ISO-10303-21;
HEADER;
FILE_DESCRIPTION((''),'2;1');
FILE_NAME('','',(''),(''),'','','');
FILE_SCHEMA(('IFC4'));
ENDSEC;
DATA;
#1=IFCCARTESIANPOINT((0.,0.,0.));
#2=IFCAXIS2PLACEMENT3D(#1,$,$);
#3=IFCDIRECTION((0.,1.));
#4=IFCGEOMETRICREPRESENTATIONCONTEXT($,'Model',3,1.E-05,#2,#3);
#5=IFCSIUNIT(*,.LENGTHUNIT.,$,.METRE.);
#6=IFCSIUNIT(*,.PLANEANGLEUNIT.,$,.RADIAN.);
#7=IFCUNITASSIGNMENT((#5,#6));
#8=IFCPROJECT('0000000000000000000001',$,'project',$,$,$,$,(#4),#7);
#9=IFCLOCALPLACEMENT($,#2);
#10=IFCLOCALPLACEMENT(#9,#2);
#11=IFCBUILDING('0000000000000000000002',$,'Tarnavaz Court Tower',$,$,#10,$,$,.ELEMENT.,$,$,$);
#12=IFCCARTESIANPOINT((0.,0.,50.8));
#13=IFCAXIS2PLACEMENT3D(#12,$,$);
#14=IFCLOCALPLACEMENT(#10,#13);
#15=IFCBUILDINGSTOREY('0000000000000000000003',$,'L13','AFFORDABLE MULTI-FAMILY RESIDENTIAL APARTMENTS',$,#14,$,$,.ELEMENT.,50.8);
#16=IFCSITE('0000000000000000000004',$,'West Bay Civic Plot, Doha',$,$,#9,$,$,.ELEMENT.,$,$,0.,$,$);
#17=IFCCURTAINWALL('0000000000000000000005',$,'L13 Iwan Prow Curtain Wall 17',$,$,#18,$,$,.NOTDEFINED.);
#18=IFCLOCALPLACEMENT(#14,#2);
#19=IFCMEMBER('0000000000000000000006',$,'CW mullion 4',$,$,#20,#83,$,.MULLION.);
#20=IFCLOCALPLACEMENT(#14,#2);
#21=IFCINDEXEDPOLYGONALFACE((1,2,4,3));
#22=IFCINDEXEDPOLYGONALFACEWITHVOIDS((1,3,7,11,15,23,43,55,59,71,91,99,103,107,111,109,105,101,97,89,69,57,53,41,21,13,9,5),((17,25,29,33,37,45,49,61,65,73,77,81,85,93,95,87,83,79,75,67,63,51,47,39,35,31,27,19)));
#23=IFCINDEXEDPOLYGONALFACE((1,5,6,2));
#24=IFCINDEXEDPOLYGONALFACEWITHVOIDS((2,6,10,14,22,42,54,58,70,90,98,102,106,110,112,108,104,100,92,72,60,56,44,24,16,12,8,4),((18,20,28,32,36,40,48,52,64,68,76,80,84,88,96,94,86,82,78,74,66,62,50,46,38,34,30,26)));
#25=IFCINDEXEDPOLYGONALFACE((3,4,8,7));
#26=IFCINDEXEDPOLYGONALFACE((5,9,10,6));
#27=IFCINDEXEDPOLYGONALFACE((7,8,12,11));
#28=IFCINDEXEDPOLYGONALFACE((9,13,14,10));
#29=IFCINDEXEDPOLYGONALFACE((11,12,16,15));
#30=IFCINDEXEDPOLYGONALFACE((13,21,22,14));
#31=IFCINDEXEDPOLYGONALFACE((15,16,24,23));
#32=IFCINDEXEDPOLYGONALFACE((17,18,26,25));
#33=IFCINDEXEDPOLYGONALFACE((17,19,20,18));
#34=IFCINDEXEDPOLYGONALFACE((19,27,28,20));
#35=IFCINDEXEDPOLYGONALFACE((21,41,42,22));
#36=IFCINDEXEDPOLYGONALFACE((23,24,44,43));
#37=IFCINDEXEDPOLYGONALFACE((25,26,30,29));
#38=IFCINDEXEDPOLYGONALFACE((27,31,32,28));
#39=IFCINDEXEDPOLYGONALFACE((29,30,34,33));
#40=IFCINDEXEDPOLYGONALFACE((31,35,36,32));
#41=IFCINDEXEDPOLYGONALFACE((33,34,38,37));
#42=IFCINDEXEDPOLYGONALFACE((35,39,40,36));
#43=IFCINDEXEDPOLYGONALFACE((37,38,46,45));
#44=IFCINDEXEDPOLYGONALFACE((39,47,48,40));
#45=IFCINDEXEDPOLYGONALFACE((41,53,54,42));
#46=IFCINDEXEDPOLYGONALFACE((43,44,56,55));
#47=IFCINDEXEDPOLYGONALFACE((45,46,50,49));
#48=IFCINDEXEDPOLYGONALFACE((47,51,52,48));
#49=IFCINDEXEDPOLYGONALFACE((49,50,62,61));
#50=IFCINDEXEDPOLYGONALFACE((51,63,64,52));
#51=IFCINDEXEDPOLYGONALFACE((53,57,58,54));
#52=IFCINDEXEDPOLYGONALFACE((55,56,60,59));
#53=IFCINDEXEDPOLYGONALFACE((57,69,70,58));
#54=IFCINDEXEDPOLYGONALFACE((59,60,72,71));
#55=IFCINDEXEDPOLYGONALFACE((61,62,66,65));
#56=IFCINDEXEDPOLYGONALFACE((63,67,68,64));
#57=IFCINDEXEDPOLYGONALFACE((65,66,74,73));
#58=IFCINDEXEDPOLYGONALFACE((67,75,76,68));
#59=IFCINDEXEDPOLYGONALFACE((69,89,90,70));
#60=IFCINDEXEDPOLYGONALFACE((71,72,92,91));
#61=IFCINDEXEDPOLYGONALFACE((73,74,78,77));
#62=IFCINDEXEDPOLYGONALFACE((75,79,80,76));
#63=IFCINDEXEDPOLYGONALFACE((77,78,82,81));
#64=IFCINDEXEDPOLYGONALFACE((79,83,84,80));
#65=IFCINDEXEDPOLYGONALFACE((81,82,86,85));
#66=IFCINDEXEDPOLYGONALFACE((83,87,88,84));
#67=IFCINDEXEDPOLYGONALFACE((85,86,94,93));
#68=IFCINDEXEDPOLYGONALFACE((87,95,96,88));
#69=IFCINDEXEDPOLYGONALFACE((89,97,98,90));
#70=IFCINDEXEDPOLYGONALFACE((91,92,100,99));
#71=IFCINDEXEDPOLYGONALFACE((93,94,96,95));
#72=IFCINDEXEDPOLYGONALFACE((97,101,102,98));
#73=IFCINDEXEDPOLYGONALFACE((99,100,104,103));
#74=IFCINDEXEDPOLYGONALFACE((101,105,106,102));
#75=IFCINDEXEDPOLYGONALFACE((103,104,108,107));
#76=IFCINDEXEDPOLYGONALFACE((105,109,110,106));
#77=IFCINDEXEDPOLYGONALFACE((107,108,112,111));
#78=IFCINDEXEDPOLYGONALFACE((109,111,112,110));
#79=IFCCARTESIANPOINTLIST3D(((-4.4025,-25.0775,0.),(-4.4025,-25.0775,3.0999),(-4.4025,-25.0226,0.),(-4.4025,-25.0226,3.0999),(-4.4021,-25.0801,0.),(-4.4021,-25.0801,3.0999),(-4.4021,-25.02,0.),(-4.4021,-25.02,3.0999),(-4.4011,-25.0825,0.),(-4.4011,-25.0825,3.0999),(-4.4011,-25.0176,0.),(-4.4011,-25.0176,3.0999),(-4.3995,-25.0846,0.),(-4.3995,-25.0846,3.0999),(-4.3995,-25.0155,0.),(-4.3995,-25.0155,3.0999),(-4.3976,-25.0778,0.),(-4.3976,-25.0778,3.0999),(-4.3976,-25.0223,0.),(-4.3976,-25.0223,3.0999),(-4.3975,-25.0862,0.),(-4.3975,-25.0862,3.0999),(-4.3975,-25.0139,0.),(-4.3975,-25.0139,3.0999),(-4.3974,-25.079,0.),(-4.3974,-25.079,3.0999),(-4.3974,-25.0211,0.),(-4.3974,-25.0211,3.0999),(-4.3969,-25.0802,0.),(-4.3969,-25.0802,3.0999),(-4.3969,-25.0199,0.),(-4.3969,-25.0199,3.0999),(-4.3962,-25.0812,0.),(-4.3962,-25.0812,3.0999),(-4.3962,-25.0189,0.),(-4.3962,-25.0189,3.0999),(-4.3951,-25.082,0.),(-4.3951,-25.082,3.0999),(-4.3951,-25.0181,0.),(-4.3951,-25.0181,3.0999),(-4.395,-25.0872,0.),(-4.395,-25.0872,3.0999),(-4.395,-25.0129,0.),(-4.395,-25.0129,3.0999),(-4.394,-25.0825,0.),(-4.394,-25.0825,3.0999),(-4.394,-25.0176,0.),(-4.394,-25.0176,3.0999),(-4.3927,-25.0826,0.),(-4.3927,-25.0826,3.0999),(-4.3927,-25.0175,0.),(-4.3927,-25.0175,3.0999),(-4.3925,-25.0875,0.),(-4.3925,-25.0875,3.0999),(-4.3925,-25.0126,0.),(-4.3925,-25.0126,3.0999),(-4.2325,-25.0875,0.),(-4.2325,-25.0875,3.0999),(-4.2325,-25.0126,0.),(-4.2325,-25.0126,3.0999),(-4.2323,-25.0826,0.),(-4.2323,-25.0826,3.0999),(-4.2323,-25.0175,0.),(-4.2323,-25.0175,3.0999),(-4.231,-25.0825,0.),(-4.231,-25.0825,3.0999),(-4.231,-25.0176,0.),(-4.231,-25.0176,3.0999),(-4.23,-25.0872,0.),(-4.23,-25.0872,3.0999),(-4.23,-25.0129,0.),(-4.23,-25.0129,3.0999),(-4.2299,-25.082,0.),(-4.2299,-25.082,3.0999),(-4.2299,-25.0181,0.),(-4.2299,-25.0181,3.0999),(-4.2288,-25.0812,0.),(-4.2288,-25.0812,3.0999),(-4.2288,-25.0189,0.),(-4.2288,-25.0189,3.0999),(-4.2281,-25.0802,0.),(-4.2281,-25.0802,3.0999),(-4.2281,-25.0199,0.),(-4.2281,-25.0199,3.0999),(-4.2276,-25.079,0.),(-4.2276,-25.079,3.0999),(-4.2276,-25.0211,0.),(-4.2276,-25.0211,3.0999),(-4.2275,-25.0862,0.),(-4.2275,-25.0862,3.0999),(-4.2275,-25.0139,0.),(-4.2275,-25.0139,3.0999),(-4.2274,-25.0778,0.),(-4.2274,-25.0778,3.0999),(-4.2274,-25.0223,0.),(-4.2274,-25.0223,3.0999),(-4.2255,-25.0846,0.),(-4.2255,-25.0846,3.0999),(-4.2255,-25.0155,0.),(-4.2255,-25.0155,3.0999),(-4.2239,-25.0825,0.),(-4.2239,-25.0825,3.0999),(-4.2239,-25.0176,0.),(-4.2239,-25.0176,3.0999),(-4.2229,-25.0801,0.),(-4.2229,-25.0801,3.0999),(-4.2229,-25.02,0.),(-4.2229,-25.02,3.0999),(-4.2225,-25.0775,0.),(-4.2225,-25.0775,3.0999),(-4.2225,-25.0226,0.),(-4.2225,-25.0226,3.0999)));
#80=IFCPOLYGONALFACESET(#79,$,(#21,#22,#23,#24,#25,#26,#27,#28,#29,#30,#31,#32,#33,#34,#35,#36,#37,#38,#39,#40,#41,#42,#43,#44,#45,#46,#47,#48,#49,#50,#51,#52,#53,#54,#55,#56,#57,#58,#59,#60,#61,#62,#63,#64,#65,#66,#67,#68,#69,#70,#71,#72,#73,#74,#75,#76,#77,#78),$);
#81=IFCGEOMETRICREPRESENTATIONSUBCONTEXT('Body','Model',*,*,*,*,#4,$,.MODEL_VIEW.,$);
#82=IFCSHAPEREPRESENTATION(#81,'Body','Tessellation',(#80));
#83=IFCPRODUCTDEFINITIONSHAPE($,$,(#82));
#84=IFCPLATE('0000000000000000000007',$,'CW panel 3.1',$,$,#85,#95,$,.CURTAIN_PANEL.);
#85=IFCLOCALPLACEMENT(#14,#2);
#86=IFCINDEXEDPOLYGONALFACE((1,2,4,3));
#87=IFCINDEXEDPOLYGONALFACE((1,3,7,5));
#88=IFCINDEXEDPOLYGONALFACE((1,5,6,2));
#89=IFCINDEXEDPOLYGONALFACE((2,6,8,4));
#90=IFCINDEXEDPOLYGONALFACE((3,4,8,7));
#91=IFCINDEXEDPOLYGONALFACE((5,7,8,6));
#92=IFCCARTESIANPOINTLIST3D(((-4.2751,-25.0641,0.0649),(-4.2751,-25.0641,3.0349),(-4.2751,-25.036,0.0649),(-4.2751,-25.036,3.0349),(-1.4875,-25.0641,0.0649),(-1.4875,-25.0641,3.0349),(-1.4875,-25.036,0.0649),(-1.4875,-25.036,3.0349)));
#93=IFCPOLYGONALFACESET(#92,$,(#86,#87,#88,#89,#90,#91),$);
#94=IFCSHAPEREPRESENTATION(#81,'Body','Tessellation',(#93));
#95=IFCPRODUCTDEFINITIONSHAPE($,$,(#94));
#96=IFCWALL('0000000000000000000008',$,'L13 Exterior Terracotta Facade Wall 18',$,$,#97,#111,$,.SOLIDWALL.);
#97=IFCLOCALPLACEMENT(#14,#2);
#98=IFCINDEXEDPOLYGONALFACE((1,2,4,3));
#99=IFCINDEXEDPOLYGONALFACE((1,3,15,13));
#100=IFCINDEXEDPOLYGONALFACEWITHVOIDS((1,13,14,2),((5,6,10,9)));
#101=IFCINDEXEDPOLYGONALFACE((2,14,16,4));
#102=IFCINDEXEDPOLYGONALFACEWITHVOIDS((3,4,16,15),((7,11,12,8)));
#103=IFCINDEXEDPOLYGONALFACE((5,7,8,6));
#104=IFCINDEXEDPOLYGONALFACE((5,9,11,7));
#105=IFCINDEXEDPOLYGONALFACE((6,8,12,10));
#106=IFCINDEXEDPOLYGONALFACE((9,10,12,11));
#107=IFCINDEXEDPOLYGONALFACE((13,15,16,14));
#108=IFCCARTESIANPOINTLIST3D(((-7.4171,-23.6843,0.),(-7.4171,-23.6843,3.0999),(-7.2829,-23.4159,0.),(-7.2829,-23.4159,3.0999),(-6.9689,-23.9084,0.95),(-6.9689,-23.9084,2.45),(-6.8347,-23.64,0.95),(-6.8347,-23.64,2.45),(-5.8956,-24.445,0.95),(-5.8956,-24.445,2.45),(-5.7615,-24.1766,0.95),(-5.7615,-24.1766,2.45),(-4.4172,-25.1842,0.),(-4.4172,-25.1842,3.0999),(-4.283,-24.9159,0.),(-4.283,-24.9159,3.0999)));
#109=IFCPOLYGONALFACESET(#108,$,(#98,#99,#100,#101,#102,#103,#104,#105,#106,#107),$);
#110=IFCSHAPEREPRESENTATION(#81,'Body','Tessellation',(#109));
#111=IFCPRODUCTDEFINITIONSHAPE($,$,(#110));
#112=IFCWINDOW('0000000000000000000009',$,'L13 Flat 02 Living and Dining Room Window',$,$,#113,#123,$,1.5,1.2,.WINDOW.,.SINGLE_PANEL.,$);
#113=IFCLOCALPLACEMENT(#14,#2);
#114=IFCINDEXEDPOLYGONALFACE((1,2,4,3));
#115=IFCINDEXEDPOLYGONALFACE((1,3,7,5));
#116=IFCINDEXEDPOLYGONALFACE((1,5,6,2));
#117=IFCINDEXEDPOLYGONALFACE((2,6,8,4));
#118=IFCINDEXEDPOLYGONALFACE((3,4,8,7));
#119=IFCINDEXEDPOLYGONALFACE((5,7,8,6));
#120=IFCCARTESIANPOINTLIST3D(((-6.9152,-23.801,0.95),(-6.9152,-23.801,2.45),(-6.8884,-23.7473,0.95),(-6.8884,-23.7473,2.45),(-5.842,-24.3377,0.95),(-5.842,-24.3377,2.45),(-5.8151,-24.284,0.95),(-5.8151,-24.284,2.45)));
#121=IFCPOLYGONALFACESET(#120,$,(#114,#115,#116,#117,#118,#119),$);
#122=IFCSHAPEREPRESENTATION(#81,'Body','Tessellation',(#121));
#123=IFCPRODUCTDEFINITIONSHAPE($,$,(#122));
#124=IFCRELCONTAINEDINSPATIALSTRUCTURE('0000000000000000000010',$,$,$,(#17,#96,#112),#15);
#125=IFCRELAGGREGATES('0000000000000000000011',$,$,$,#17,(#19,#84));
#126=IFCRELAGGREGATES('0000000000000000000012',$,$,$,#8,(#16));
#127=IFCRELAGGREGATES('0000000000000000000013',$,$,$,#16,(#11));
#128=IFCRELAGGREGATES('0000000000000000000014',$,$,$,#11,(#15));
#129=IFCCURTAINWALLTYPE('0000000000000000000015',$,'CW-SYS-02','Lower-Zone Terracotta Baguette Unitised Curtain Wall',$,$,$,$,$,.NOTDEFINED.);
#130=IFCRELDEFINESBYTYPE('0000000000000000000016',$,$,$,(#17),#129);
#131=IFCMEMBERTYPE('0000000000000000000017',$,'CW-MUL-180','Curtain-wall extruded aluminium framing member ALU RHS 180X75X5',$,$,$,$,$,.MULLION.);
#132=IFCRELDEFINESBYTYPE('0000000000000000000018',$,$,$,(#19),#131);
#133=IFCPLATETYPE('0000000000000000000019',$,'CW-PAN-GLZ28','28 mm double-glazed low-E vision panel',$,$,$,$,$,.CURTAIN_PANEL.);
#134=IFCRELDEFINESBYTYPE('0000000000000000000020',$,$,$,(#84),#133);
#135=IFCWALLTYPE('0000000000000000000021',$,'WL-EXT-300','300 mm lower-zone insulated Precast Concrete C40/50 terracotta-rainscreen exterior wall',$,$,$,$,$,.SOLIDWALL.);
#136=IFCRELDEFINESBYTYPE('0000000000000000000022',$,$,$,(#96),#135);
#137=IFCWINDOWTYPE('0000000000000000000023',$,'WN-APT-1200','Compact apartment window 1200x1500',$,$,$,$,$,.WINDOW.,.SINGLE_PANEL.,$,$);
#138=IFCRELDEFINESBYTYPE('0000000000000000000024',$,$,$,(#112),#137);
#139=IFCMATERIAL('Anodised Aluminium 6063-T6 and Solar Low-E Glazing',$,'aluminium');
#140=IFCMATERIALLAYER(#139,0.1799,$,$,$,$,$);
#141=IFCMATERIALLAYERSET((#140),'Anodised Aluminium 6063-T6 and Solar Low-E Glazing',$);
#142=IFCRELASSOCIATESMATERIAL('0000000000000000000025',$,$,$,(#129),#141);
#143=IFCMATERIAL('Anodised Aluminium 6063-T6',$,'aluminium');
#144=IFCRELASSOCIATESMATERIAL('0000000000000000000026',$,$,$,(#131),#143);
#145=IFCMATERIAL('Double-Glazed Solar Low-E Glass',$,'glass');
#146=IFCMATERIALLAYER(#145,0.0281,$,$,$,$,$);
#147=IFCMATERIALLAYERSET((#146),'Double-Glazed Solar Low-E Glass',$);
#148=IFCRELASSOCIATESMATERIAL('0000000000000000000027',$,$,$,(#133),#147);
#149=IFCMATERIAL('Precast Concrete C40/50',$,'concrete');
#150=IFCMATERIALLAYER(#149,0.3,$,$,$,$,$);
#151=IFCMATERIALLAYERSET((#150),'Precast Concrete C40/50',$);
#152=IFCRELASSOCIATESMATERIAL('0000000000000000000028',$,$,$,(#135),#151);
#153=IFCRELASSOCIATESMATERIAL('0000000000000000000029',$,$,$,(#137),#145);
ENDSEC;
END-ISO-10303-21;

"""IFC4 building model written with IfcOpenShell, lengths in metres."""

from ifc_helpers import new_model, si_unit, direction, frame, frame_2d, origin, origin_2d, place, context, subcontext, project, spatial, rectangle, hollow_rectangle, extrude, material, layer, layer_set, material_profile, profile_set, type_object, element, fill, aggregate, save


model = new_model("IFC4")

# Units and contexts
model_context = context("Model", 3, precision=1e-05, world=origin(), true_north=direction((0.0, 1.0)))
body_context = subcontext(model_context, "Body", "Model", "MODEL_VIEW")
ifc_project = project(units=[si_unit("LENGTHUNIT", "METRE"), si_unit("PLANEANGLEUNIT", "RADIAN")], contexts=[model_context])

# Site, building, storey
site_placement = place(None, origin())
site = spatial("IfcSite", under=ifc_project, at=site_placement, Name="West Bay Civic Plot, Doha", CompositionType="ELEMENT", RefElevation=0.0)
building_placement = place(site_placement, origin())
building = spatial("IfcBuilding", under=site, at=building_placement, Name="Tarnavaz Court Tower", CompositionType="ELEMENT")
storey_placement = place(building_placement, frame((0.0, 0.0, 50.8)))
storey = spatial("IfcBuildingStorey", under=building, at=storey_placement, Name="L13", Description="AFFORDABLE MULTI-FAMILY RESIDENTIAL APARTMENTS", CompositionType="ELEMENT", Elevation=50.8)

# Curtain wall, member, plate
ifc_material_1 = material(Name="Anodised Aluminium 6063-T6 and Solar Low-E Glazing", Category="aluminium")
ifc_layer_1 = layer(ifc_material_1, 0.1799)
ifc_layer_set_1 = layer_set([ifc_layer_1], Name="Anodised Aluminium 6063-T6 and Solar Low-E Glazing")
curtain_wall_type = type_object("IfcCurtainWallType", Name="CW-SYS-02", Description="Lower-Zone Terracotta Baguette Unitised Curtain Wall", PredefinedType="NOTDEFINED", material=ifc_layer_set_1)
curtain_wall_placement = place(storey_placement, origin())
curtain_wall = element("IfcCurtainWall", 1, at=curtain_wall_placement, inside=storey, type_object=curtain_wall_type, Name="L13 Iwan Prow Curtain Wall 17", PredefinedType="NOTDEFINED")
ifc_material_2 = material(Name="Anodised Aluminium 6063-T6", Category="aluminium")
ifc_material_profile_1 = material_profile(ifc_material_2, hollow_rectangle(XDim=0.075, YDim=0.1799, WallThickness=0.0049, InnerFilletRadius=0.0049, OuterFilletRadius=0.01, at=origin_2d()), Name="ALU RHS 180X75X5")
ifc_profile_set_1 = profile_set([ifc_material_profile_1], Name="Anodised Aluminium 6063-T6")
member_type = type_object("IfcMemberType", Name="CW-MUL-180", Description="Curtain-wall extruded aluminium framing member ALU RHS 180X75X5", PredefinedType="MULLION", material=ifc_profile_set_1)
member_placement = place(storey_placement, frame((-4.3125, -25.05, 0.0), z_axis=(0.0, 0.0, 1.0), x_axis=(0.0, -1.0, 0.0)))
member = element("IfcMember", 2, at=member_placement, type_object=member_type, Name="CW mullion 4", PredefinedType="MULLION", context=body_context, shape_type="SweptSolid", body=[
    extrude(hollow_rectangle(XDim=0.075, YDim=0.1799, WallThickness=0.0049, InnerFilletRadius=0.0049, OuterFilletRadius=0.01, at=origin_2d()), origin(), (0.0, 0.0, 1.0), 3.0999),
])
ifc_material_3 = material(Name="Double-Glazed Solar Low-E Glass", Category="glass")
ifc_layer_2 = layer(ifc_material_3, 0.0281)
ifc_layer_set_2 = layer_set([ifc_layer_2], Name="Double-Glazed Solar Low-E Glass")
plate_type = type_object("IfcPlateType", Name="CW-PAN-GLZ28", Description="28 mm double-glazed low-E vision panel", PredefinedType="CURTAIN_PANEL", material=ifc_layer_set_2)
plate_placement = place(storey_placement, frame((-2.8813, -25.05, 0.0649), z_axis=(0.0, 0.0, 1.0), x_axis=(-1.0, 0.0, 0.0)))
plate = element("IfcPlate", 3, at=plate_placement, type_object=plate_type, Name="CW panel 3.1", PredefinedType="CURTAIN_PANEL", context=body_context, shape_type="SweptSolid", body=[
    extrude(rectangle(XDim=2.7876, YDim=0.0281, at=origin_2d()), origin(), (0.0, 0.0, 1.0), 2.97),
])
aggregate(curtain_wall, [member, plate])

# Wall, opening, window
ifc_material_4 = material(Name="Precast Concrete C40/50", Category="concrete")
ifc_layer_3 = layer(ifc_material_4, 0.3)
ifc_layer_set_3 = layer_set([ifc_layer_3], Name="Precast Concrete C40/50")
wall_type_1 = type_object("IfcWallType", Name="WL-EXT-300", Description="300 mm lower-zone insulated Precast Concrete C40/50 terracotta-rainscreen exterior wall", PredefinedType="SOLIDWALL", material=ifc_layer_set_3)
wall_1_placement = place(storey_placement, frame((-4.3501, -25.05, 0.0), z_axis=(0.0, 0.0, 1.0), x_axis=(-0.894427, 0.447214, 0.0)))
wall_1 = element("IfcWall", 4, at=wall_1_placement, inside=storey, type_object=wall_type_1, Name="L13 Exterior Terracotta Facade Wall 18", PredefinedType="SOLIDWALL", context=body_context, shape_type="SweptSolid", body=[
    extrude(rectangle(XDim=3.354, YDim=0.3, at=frame_2d((1.677, 0.0))), origin(), (0.0, 0.0, 1.0), 3.0999),
])
opening_1_placement = place(wall_1_placement, frame((1.6528, 0.0, 0.95)))
opening_1 = element("IfcOpeningElement", 5, at=opening_1_placement, cuts=wall_1, PredefinedType="OPENING", context=body_context, shape_type="SweptSolid", body=[
    extrude(rectangle(XDim=1.2, YDim=1.5, at=frame_2d((0.6001, 0.75))), frame((0.0, 0.1599, 0.0), z_axis=(0.0, -1.0, 0.0), x_axis=(1.0, 0.0, 0.0)), (0.0, 0.0, 1.0), 0.3201),
])
window_type_1 = type_object("IfcWindowType", Name="WN-APT-1200", Description="Compact apartment window 1200x1500", PartitioningType="SINGLE_PANEL", PredefinedType="WINDOW", material=ifc_material_3)
window_1_placement = place(opening_1_placement, origin())
window_1 = element("IfcWindow", 6, at=window_1_placement, inside=storey, type_object=window_type_1, Name="L13 Flat 02 Living and Dining Room Window", OverallHeight=1.5, OverallWidth=1.2, PartitioningType="SINGLE_PANEL", PredefinedType="WINDOW", context=body_context, shape_type="SweptSolid", body=[
    extrude(rectangle(XDim=1.2, YDim=1.5, at=frame_2d((0.6001, 0.75))), frame((0.0, 0.03, 0.0), z_axis=(0.0, -1.0, 0.0), x_axis=(1.0, 0.0, 0.0)), (0.0, 0.0, 1.0), 0.0601),
])
fill(opening_1, window_1)

save(model, "model.ifc")
